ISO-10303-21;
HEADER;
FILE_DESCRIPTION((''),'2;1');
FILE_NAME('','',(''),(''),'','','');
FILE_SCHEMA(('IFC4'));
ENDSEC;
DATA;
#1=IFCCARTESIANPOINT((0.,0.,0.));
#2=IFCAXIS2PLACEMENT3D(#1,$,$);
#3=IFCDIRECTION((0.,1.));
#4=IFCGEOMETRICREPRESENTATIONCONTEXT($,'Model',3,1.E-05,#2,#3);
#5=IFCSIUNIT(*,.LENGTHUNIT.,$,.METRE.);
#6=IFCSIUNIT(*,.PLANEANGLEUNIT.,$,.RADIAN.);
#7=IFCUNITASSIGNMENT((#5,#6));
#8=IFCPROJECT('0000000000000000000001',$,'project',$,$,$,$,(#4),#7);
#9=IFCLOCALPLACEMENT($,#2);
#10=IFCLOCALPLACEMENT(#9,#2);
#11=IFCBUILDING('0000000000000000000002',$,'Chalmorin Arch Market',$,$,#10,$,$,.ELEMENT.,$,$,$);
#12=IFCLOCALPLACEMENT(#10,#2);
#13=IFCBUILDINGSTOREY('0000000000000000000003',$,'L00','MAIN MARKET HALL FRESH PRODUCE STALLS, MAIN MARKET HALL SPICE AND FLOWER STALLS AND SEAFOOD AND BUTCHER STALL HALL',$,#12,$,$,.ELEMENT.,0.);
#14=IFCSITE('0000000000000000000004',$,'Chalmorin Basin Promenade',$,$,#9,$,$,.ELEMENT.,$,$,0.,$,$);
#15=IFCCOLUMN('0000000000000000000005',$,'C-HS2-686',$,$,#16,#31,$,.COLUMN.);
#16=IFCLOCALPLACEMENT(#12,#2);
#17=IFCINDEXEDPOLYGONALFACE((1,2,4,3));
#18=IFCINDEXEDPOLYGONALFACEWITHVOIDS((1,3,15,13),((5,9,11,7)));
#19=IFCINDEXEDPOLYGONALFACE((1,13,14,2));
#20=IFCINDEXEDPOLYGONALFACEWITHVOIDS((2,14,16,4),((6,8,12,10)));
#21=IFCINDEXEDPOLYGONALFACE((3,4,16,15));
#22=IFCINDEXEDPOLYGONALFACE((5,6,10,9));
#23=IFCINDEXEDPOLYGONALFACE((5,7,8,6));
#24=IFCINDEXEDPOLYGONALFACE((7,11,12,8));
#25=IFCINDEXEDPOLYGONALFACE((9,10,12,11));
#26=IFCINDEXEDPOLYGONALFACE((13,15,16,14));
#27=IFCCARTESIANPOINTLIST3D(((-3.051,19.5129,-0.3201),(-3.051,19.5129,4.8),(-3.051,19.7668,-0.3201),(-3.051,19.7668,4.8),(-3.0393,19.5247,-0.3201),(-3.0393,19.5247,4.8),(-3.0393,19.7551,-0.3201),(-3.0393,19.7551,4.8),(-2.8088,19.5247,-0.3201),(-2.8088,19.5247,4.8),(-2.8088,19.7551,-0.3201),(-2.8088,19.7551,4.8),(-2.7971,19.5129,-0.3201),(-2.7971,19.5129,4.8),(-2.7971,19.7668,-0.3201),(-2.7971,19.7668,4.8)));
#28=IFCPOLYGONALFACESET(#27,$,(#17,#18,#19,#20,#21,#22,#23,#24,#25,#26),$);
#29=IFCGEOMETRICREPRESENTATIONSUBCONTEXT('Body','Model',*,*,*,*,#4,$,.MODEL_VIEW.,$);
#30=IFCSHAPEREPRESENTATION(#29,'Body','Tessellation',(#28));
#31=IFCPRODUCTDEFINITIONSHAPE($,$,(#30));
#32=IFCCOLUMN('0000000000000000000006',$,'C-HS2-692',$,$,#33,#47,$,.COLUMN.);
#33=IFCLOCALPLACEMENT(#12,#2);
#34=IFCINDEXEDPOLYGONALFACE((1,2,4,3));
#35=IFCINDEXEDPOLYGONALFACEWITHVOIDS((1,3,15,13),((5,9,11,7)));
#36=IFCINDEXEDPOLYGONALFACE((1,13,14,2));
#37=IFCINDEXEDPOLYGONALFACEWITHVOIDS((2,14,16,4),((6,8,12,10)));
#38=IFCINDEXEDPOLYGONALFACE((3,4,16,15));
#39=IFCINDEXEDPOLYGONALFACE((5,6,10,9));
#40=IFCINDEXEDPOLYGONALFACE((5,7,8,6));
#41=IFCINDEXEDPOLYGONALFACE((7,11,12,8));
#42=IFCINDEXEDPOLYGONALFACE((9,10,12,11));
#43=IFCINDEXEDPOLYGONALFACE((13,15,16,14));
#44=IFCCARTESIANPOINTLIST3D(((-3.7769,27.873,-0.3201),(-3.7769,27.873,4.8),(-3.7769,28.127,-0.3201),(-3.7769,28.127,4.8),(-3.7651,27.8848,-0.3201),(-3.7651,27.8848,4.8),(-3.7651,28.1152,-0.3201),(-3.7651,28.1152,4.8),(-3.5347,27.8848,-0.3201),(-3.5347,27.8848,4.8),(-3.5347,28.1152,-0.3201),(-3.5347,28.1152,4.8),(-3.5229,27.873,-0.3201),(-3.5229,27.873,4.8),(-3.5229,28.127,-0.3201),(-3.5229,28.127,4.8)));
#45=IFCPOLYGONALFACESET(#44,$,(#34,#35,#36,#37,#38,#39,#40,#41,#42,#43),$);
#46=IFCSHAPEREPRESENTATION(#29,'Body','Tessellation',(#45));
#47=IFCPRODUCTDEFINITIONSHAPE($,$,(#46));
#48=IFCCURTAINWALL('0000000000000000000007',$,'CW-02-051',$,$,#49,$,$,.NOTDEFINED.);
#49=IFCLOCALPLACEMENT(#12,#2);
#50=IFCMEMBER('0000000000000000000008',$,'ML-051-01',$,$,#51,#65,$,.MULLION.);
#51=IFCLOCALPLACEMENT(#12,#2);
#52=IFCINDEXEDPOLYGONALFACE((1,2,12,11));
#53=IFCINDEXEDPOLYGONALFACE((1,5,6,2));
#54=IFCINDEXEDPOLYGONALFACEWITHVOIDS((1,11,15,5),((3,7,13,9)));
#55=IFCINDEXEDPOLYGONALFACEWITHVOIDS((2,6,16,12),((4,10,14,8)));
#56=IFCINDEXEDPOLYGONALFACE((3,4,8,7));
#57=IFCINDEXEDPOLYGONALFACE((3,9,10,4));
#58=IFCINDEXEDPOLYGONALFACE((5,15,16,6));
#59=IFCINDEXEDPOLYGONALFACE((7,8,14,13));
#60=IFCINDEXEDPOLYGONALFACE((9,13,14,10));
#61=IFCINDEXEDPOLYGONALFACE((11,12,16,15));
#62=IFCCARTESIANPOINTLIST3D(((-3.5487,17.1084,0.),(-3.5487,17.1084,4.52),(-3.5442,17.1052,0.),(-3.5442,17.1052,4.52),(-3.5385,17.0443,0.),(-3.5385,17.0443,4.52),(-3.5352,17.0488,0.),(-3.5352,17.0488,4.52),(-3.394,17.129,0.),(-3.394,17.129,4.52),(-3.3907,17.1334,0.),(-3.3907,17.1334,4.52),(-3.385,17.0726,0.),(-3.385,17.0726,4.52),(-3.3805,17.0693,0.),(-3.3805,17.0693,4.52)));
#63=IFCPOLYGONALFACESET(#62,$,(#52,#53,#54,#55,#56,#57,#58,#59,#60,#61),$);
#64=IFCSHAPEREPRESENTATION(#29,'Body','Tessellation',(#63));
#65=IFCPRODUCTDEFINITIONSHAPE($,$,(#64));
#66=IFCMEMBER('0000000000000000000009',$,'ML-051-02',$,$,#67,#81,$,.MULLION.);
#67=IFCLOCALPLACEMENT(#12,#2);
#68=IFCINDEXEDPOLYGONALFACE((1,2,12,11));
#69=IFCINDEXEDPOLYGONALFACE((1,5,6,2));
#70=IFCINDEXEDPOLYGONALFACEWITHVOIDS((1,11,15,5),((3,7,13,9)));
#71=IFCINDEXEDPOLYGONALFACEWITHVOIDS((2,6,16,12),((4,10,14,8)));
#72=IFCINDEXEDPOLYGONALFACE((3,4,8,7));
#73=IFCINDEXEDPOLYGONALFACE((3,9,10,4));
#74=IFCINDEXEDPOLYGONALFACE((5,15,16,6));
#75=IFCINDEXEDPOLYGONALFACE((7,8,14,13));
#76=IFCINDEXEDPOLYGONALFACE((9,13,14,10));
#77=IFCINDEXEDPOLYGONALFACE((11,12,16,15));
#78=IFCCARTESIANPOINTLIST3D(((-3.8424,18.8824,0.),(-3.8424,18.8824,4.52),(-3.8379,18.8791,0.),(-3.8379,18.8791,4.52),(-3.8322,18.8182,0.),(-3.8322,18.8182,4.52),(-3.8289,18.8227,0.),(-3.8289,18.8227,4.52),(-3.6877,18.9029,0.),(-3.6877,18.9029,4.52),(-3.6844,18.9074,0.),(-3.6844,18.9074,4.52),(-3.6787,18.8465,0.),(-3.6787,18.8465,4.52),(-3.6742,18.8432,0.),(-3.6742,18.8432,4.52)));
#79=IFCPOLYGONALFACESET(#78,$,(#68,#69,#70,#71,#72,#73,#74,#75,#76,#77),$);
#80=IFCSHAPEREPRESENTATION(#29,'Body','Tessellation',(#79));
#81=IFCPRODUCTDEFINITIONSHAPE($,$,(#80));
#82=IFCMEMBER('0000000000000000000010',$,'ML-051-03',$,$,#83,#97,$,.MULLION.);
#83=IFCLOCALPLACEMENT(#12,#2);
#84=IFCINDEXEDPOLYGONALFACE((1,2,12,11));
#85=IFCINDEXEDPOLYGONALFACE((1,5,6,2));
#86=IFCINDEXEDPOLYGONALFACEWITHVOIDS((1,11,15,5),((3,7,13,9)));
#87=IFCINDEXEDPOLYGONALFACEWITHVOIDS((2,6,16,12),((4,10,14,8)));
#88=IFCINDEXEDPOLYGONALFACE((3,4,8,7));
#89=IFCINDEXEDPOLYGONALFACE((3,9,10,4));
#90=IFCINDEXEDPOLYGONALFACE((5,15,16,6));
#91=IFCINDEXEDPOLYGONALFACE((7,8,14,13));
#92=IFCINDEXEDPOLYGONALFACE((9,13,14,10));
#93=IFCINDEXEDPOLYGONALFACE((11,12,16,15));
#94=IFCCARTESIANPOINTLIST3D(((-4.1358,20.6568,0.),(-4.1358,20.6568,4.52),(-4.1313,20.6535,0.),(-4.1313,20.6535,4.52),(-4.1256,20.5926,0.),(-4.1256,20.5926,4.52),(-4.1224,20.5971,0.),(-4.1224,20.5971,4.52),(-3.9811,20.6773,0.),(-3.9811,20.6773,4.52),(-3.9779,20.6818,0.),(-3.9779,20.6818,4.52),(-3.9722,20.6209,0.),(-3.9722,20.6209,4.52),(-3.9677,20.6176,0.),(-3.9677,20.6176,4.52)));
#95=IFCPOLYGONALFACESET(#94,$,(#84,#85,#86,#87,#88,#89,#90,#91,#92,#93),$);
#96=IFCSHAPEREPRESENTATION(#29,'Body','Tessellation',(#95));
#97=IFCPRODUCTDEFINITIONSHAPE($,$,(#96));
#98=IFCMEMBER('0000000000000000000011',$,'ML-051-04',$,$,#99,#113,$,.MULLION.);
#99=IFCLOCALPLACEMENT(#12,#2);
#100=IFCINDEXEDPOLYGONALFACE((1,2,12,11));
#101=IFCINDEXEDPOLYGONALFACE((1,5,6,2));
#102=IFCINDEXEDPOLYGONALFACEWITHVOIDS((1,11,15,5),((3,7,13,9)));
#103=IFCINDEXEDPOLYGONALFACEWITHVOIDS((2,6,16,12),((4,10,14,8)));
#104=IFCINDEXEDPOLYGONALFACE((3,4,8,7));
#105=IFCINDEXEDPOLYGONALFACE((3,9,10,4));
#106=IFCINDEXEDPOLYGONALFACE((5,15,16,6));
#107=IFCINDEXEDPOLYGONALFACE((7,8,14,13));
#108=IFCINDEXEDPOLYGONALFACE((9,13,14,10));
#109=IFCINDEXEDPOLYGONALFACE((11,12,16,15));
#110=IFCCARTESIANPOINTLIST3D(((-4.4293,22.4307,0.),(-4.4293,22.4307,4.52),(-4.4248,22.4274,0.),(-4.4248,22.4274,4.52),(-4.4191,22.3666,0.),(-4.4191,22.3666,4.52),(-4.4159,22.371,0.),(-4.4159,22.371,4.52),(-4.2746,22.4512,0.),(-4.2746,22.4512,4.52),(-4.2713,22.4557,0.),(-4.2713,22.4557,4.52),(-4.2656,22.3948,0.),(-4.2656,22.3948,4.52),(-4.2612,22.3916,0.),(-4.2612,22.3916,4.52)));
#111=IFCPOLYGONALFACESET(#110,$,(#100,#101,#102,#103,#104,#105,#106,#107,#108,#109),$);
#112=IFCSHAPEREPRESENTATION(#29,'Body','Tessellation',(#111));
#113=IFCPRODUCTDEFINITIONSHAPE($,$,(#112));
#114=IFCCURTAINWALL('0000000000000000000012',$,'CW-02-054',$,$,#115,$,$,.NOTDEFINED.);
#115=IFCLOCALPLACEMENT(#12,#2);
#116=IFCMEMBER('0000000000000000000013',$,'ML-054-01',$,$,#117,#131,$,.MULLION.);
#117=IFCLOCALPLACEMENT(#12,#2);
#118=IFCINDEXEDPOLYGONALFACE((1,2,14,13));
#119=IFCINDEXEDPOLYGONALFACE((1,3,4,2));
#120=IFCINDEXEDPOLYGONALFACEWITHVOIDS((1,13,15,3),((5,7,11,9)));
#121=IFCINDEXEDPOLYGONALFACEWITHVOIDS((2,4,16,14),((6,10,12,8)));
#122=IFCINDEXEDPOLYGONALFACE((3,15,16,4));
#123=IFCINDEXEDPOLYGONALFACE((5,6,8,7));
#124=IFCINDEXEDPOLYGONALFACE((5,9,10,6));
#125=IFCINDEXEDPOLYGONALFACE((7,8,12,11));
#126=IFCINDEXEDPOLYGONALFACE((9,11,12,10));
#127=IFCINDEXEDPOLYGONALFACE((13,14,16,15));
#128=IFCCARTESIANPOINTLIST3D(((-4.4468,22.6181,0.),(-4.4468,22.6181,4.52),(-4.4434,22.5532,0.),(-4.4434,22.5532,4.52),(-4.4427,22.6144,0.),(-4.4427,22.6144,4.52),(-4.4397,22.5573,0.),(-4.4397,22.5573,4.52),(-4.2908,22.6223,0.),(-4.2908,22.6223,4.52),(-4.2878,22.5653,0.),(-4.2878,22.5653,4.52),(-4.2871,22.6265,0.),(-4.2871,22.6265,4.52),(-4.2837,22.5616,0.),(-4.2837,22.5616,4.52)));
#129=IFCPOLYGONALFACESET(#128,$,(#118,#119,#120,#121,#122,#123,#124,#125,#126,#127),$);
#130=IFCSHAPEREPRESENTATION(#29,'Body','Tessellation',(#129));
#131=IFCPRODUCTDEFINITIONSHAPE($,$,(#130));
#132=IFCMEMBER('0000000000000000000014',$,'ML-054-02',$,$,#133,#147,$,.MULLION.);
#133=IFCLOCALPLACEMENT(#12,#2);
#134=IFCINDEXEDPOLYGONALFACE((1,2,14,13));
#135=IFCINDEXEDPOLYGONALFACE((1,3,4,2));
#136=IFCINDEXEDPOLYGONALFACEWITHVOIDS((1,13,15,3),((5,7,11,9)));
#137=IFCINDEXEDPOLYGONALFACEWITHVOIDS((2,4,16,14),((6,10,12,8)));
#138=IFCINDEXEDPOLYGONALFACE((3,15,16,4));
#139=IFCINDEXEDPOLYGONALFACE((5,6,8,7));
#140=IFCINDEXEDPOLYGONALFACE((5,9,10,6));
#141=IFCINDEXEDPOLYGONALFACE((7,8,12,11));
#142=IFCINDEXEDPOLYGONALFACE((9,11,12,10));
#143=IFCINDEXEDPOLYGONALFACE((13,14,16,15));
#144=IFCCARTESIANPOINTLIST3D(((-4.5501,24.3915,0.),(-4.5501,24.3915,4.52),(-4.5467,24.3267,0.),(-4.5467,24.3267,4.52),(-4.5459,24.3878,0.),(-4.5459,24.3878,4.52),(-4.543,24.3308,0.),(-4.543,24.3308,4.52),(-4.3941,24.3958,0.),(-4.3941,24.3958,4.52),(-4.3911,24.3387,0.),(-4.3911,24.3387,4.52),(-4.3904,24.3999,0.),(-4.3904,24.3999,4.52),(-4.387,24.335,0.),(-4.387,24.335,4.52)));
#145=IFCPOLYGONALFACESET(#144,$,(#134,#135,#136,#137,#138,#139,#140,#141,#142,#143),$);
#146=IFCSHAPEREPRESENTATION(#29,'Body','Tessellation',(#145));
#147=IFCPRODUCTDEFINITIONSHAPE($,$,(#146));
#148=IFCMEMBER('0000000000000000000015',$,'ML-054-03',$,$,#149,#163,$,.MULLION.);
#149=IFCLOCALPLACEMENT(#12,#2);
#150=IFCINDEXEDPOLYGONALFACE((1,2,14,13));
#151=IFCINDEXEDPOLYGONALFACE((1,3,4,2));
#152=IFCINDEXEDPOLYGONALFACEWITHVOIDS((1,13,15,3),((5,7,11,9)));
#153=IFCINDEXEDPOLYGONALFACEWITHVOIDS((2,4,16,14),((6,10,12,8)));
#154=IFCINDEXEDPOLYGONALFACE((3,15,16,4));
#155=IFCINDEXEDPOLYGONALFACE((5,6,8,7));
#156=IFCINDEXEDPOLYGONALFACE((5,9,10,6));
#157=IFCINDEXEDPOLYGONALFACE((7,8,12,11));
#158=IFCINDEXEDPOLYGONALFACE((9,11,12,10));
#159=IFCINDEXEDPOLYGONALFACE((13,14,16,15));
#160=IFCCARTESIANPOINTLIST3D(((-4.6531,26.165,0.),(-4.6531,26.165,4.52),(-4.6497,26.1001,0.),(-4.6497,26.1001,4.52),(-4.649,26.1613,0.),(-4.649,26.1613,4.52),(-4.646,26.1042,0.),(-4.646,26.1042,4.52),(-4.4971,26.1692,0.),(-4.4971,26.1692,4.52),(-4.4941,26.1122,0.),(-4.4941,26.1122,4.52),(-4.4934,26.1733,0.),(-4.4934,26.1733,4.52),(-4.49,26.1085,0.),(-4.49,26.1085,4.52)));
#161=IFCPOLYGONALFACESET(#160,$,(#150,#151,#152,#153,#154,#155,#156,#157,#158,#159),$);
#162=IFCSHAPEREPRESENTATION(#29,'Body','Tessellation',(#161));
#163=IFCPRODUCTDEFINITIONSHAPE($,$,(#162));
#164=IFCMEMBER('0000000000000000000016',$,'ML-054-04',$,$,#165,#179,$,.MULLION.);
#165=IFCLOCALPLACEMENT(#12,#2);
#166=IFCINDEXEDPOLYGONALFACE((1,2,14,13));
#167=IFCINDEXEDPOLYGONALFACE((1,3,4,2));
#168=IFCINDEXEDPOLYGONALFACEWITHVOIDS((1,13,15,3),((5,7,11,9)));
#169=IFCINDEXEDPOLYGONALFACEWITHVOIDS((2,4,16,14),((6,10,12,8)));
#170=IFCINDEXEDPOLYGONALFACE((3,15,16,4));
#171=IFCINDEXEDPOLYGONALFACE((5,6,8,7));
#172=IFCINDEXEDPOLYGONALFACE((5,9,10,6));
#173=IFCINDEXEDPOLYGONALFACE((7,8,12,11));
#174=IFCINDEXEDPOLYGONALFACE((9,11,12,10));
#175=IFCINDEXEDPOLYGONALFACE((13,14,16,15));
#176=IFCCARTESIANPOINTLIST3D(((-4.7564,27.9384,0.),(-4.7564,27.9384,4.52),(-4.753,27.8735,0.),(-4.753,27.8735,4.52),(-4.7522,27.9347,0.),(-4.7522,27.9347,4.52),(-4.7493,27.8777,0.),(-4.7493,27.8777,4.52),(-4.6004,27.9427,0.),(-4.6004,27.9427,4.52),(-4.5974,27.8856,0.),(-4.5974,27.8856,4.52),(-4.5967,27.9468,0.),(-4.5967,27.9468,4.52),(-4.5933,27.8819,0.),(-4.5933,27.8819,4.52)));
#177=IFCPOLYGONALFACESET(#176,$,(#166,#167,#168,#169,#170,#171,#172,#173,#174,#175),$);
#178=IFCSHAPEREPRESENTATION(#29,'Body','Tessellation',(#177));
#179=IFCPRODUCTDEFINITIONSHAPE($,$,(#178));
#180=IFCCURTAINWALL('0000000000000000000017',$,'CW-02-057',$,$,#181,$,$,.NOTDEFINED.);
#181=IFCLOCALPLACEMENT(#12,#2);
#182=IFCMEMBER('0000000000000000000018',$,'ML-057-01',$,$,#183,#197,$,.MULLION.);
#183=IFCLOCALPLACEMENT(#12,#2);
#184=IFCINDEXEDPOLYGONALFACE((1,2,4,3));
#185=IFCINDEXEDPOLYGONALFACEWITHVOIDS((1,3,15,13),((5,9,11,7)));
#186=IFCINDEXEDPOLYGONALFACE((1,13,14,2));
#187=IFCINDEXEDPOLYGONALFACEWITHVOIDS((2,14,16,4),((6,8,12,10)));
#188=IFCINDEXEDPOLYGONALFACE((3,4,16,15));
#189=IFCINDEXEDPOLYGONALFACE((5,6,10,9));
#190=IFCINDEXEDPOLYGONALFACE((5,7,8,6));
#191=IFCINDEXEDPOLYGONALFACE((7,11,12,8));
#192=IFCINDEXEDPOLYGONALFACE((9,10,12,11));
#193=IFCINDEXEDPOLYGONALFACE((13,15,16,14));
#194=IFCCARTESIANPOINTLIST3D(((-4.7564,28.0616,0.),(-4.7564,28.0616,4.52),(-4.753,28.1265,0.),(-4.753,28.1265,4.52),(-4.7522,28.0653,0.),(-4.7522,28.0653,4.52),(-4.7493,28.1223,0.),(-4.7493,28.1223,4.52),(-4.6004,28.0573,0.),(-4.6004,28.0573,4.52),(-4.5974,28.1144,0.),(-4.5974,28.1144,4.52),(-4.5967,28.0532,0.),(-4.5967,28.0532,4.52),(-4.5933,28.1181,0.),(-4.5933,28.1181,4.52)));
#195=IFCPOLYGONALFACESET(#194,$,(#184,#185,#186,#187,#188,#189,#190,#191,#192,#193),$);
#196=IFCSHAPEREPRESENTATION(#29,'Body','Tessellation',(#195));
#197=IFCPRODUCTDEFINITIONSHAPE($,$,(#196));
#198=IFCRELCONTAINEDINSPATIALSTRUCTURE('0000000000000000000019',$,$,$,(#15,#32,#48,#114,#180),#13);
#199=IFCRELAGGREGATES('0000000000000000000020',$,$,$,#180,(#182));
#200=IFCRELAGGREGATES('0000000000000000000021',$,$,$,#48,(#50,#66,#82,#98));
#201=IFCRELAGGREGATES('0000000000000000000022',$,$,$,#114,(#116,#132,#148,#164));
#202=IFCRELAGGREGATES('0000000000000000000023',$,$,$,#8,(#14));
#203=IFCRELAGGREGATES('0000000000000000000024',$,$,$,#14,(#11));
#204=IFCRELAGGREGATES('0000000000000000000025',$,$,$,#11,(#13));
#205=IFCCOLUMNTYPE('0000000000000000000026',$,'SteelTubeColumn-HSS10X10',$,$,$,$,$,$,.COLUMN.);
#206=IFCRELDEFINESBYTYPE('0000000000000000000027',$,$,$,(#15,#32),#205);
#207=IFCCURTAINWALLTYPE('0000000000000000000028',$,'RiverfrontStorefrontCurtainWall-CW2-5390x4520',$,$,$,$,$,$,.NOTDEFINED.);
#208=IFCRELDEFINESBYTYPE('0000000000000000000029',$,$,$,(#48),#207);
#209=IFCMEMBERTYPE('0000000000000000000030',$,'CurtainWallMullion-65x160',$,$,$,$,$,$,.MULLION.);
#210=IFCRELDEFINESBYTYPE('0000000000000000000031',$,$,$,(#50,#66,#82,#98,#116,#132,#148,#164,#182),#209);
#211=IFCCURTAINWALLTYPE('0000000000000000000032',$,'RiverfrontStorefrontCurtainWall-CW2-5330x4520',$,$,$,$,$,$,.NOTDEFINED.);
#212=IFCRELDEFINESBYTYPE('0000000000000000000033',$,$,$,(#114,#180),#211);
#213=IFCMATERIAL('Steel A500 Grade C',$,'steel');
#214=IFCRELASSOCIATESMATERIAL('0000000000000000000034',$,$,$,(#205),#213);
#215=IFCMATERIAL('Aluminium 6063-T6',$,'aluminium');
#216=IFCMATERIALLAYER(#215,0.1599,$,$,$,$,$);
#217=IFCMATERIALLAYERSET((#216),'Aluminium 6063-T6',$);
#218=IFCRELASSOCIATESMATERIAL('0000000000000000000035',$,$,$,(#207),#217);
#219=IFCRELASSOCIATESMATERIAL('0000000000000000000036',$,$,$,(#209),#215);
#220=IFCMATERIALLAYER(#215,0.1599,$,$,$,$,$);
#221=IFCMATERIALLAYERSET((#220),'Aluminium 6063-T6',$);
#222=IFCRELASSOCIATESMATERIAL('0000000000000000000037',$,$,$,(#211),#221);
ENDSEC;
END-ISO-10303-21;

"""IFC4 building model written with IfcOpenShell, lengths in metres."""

from ifc_helpers import new_model, si_unit, direction, frame, origin, origin_2d, place, context, subcontext, project, spatial, hollow_rectangle, extrude, material, layer, layer_set, material_profile, profile_set, type_object, element, aggregate, save


model = new_model("IFC4")

# Units and contexts
model_context = context("Model", 3, precision=1e-05, world=origin(), true_north=direction((0.0, 1.0)))
body_context = subcontext(model_context, "Body", "Model", "MODEL_VIEW")
ifc_project = project(units=[si_unit("LENGTHUNIT", "METRE"), si_unit("PLANEANGLEUNIT", "RADIAN")], contexts=[model_context])

# Site, building, storey
site_placement = place(None, origin())
site = spatial("IfcSite", under=ifc_project, at=site_placement, Name="Chalmorin Basin Promenade", CompositionType="ELEMENT", RefElevation=0.0)
building_placement = place(site_placement, origin())
building = spatial("IfcBuilding", under=site, at=building_placement, Name="Chalmorin Arch Market", CompositionType="ELEMENT")
storey_placement = place(building_placement, origin())
storey = spatial("IfcBuildingStorey", under=building, at=storey_placement, Name="L00", Description="MAIN MARKET HALL FRESH PRODUCE STALLS, MAIN MARKET HALL SPICE AND FLOWER STALLS AND SEAFOOD AND BUTCHER STALL HALL", CompositionType="ELEMENT", Elevation=0.0)

# Columns
ifc_material_1 = material(Name="Steel A500 Grade C", Category="steel")
ifc_material_profile_1 = material_profile(ifc_material_1, hollow_rectangle(XDim=0.2539, YDim=0.2539, WallThickness=0.0117, at=origin_2d()), Name="HSS10X10X1/2")
ifc_profile_set_1 = profile_set([ifc_material_profile_1], Name="Steel A500 Grade C")
column_type = type_object("IfcColumnType", Name="SteelTubeColumn-HSS10X10", PredefinedType="COLUMN", material=ifc_profile_set_1)
for number, where, z_axis, x_axis, name in (
    (1, (-2.9241, 19.6399, -0.3201), (0.0, 0.0, 1.0), (1.0, 0.0, 0.0), "C-HS2-686"),
    (2, (-3.6499, 28.0, -0.3201), (0.0, 0.0, 1.0), (1.0, 0.0, 0.0), "C-HS2-692"),
):
    element("IfcColumn", number, at=place(storey_placement, frame(where, z_axis=z_axis, x_axis=x_axis)), inside=storey, type_object=column_type, Name=name, PredefinedType="COLUMN", context=body_context, shape_type="SweptSolid", body=[
        extrude(hollow_rectangle(XDim=0.2539, YDim=0.2539, WallThickness=0.0117, at=origin_2d()), origin(), (0.0, 0.0, 1.0), 5.1201),
    ])

# Curtain walls, members
ifc_material_2 = material(Name="Aluminium 6063-T6", Category="aluminium")
ifc_layer_1 = layer(ifc_material_2, 0.1599)
ifc_layer_set_1 = layer_set([ifc_layer_1], Name="Aluminium 6063-T6")
curtain_wall_type_1 = type_object("IfcCurtainWallType", Name="RiverfrontStorefrontCurtainWall-CW2-5390x4520", PredefinedType="NOTDEFINED", material=ifc_layer_set_1)
curtain_wall_1_placement = place(storey_placement, origin())
curtain_wall_1 = element("IfcCurtainWall", 3, at=curtain_wall_1_placement, inside=storey, type_object=curtain_wall_type_1, Name="CW-02-051", PredefinedType="NOTDEFINED")
ifc_material_profile_2 = material_profile(ifc_material_2, hollow_rectangle(XDim=0.0649, YDim=0.1599, WallThickness=0.0039, at=origin_2d()), Name="ALU65X160X4")
ifc_profile_set_2 = profile_set([ifc_material_profile_2], Name="Aluminium 6063-T6")
member_type_1 = type_object("IfcMemberType", Name="CurtainWallMullion-65x160", PredefinedType="MULLION", material=ifc_profile_set_2)
member_1_placement = place(storey_placement, frame((-3.4646, 17.0889, 0.0), z_axis=(0.0, 0.0, 1.0), x_axis=(-0.156434, 0.987688, 0.0)))
member_1 = element("IfcMember", 4, at=member_1_placement, type_object=member_type_1, Name="ML-051-01", PredefinedType="MULLION", context=body_context, shape_type="SweptSolid", body=[
    extrude(hollow_rectangle(XDim=0.0649, YDim=0.1599, WallThickness=0.0039, at=origin_2d()), origin(), (0.0, 0.0, 1.0), 4.52),
])
member_2_placement = place(storey_placement, frame((-3.7583, 18.8628, 0.0), z_axis=(0.0, 0.0, 1.0), x_axis=(-0.156434, 0.987688, 0.0)))
member_2 = element("IfcMember", 5, at=member_2_placement, type_object=member_type_1, Name="ML-051-02", PredefinedType="MULLION", context=body_context, shape_type="SweptSolid", body=[
    extrude(hollow_rectangle(XDim=0.0649, YDim=0.1599, WallThickness=0.0039, at=origin_2d()), origin(), (0.0, 0.0, 1.0), 4.52),
])
member_3_placement = place(storey_placement, frame((-4.0518, 20.6372, 0.0), z_axis=(0.0, 0.0, 1.0), x_axis=(-0.156434, 0.987688, 0.0)))
member_3 = element("IfcMember", 6, at=member_3_placement, type_object=member_type_1, Name="ML-051-03", PredefinedType="MULLION", context=body_context, shape_type="SweptSolid", body=[
    extrude(hollow_rectangle(XDim=0.0649, YDim=0.1599, WallThickness=0.0039, at=origin_2d()), origin(), (0.0, 0.0, 1.0), 4.52),
])
member_4_placement = place(storey_placement, frame((-4.3452, 22.4111, 0.0), z_axis=(0.0, 0.0, 1.0), x_axis=(-0.156434, 0.987688, 0.0)))
member_4 = element("IfcMember", 7, at=member_4_placement, type_object=member_type_1, Name="ML-051-04", PredefinedType="MULLION", context=body_context, shape_type="SweptSolid", body=[
    extrude(hollow_rectangle(XDim=0.0649, YDim=0.1599, WallThickness=0.0039, at=origin_2d()), origin(), (0.0, 0.0, 1.0), 4.52),
])
ifc_layer_2 = layer(ifc_material_2, 0.1599)
ifc_layer_set_2 = layer_set([ifc_layer_2], Name="Aluminium 6063-T6")
curtain_wall_type_2 = type_object("IfcCurtainWallType", Name="RiverfrontStorefrontCurtainWall-CW2-5330x4520", PredefinedType="NOTDEFINED", material=ifc_layer_set_2)
curtain_wall_2_placement = place(storey_placement, origin())
curtain_wall_2 = element("IfcCurtainWall", 8, at=curtain_wall_2_placement, inside=storey, type_object=curtain_wall_type_2, Name="CW-02-054", PredefinedType="NOTDEFINED")
member_5_placement = place(storey_placement, frame((-4.3652, 22.5898, 0.0), z_axis=(0.0, 0.0, 1.0), x_axis=(-0.052336, 0.99863, 0.0)))
member_5 = element("IfcMember", 9, at=member_5_placement, type_object=member_type_1, Name="ML-054-01", PredefinedType="MULLION", context=body_context, shape_type="SweptSolid", body=[
    extrude(hollow_rectangle(XDim=0.0649, YDim=0.1599, WallThickness=0.0039, at=origin_2d()), origin(), (0.0, 0.0, 1.0), 4.52),
])
member_6_placement = place(storey_placement, frame((-4.4685, 24.3633, 0.0), z_axis=(0.0, 0.0, 1.0), x_axis=(-0.052336, 0.99863, 0.0)))
member_6 = element("IfcMember", 10, at=member_6_placement, type_object=member_type_1, Name="ML-054-02", PredefinedType="MULLION", context=body_context, shape_type="SweptSolid", body=[
    extrude(hollow_rectangle(XDim=0.0649, YDim=0.1599, WallThickness=0.0039, at=origin_2d()), origin(), (0.0, 0.0, 1.0), 4.52),
])
member_7_placement = place(storey_placement, frame((-4.5715, 26.1367, 0.0), z_axis=(0.0, 0.0, 1.0), x_axis=(-0.052336, 0.99863, 0.0)))
member_7 = element("IfcMember", 11, at=member_7_placement, type_object=member_type_1, Name="ML-054-03", PredefinedType="MULLION", context=body_context, shape_type="SweptSolid", body=[
    extrude(hollow_rectangle(XDim=0.0649, YDim=0.1599, WallThickness=0.0039, at=origin_2d()), origin(), (0.0, 0.0, 1.0), 4.52),
])
member_8_placement = place(storey_placement, frame((-4.6748, 27.9102, 0.0), z_axis=(0.0, 0.0, 1.0), x_axis=(-0.052336, 0.99863, 0.0)))
member_8 = element("IfcMember", 12, at=member_8_placement, type_object=member_type_1, Name="ML-054-04", PredefinedType="MULLION", context=body_context, shape_type="SweptSolid", body=[
    extrude(hollow_rectangle(XDim=0.0649, YDim=0.1599, WallThickness=0.0039, at=origin_2d()), origin(), (0.0, 0.0, 1.0), 4.52),
])

# Curtain wall, member
curtain_wall_3_placement = place(storey_placement, origin())
curtain_wall_3 = element("IfcCurtainWall", 13, at=curtain_wall_3_placement, inside=storey, type_object=curtain_wall_type_2, Name="CW-02-057", PredefinedType="NOTDEFINED")
member_9_placement = place(storey_placement, frame((-4.6748, 28.0898, 0.0), z_axis=(0.0, 0.0, 1.0), x_axis=(0.052336, 0.99863, 0.0)))
member_9 = element("IfcMember", 14, at=member_9_placement, type_object=member_type_1, Name="ML-057-01", PredefinedType="MULLION", context=body_context, shape_type="SweptSolid", body=[
    extrude(hollow_rectangle(XDim=0.0649, YDim=0.1599, WallThickness=0.0039, at=origin_2d()), origin(), (0.0, 0.0, 1.0), 4.52),
])

aggregate(curtain_wall_3, [member_9])

aggregate(curtain_wall_1, [member_1, member_2, member_3, member_4])
aggregate(curtain_wall_2, [member_5, member_6, member_7, member_8])

save(model, "model.ifc")
